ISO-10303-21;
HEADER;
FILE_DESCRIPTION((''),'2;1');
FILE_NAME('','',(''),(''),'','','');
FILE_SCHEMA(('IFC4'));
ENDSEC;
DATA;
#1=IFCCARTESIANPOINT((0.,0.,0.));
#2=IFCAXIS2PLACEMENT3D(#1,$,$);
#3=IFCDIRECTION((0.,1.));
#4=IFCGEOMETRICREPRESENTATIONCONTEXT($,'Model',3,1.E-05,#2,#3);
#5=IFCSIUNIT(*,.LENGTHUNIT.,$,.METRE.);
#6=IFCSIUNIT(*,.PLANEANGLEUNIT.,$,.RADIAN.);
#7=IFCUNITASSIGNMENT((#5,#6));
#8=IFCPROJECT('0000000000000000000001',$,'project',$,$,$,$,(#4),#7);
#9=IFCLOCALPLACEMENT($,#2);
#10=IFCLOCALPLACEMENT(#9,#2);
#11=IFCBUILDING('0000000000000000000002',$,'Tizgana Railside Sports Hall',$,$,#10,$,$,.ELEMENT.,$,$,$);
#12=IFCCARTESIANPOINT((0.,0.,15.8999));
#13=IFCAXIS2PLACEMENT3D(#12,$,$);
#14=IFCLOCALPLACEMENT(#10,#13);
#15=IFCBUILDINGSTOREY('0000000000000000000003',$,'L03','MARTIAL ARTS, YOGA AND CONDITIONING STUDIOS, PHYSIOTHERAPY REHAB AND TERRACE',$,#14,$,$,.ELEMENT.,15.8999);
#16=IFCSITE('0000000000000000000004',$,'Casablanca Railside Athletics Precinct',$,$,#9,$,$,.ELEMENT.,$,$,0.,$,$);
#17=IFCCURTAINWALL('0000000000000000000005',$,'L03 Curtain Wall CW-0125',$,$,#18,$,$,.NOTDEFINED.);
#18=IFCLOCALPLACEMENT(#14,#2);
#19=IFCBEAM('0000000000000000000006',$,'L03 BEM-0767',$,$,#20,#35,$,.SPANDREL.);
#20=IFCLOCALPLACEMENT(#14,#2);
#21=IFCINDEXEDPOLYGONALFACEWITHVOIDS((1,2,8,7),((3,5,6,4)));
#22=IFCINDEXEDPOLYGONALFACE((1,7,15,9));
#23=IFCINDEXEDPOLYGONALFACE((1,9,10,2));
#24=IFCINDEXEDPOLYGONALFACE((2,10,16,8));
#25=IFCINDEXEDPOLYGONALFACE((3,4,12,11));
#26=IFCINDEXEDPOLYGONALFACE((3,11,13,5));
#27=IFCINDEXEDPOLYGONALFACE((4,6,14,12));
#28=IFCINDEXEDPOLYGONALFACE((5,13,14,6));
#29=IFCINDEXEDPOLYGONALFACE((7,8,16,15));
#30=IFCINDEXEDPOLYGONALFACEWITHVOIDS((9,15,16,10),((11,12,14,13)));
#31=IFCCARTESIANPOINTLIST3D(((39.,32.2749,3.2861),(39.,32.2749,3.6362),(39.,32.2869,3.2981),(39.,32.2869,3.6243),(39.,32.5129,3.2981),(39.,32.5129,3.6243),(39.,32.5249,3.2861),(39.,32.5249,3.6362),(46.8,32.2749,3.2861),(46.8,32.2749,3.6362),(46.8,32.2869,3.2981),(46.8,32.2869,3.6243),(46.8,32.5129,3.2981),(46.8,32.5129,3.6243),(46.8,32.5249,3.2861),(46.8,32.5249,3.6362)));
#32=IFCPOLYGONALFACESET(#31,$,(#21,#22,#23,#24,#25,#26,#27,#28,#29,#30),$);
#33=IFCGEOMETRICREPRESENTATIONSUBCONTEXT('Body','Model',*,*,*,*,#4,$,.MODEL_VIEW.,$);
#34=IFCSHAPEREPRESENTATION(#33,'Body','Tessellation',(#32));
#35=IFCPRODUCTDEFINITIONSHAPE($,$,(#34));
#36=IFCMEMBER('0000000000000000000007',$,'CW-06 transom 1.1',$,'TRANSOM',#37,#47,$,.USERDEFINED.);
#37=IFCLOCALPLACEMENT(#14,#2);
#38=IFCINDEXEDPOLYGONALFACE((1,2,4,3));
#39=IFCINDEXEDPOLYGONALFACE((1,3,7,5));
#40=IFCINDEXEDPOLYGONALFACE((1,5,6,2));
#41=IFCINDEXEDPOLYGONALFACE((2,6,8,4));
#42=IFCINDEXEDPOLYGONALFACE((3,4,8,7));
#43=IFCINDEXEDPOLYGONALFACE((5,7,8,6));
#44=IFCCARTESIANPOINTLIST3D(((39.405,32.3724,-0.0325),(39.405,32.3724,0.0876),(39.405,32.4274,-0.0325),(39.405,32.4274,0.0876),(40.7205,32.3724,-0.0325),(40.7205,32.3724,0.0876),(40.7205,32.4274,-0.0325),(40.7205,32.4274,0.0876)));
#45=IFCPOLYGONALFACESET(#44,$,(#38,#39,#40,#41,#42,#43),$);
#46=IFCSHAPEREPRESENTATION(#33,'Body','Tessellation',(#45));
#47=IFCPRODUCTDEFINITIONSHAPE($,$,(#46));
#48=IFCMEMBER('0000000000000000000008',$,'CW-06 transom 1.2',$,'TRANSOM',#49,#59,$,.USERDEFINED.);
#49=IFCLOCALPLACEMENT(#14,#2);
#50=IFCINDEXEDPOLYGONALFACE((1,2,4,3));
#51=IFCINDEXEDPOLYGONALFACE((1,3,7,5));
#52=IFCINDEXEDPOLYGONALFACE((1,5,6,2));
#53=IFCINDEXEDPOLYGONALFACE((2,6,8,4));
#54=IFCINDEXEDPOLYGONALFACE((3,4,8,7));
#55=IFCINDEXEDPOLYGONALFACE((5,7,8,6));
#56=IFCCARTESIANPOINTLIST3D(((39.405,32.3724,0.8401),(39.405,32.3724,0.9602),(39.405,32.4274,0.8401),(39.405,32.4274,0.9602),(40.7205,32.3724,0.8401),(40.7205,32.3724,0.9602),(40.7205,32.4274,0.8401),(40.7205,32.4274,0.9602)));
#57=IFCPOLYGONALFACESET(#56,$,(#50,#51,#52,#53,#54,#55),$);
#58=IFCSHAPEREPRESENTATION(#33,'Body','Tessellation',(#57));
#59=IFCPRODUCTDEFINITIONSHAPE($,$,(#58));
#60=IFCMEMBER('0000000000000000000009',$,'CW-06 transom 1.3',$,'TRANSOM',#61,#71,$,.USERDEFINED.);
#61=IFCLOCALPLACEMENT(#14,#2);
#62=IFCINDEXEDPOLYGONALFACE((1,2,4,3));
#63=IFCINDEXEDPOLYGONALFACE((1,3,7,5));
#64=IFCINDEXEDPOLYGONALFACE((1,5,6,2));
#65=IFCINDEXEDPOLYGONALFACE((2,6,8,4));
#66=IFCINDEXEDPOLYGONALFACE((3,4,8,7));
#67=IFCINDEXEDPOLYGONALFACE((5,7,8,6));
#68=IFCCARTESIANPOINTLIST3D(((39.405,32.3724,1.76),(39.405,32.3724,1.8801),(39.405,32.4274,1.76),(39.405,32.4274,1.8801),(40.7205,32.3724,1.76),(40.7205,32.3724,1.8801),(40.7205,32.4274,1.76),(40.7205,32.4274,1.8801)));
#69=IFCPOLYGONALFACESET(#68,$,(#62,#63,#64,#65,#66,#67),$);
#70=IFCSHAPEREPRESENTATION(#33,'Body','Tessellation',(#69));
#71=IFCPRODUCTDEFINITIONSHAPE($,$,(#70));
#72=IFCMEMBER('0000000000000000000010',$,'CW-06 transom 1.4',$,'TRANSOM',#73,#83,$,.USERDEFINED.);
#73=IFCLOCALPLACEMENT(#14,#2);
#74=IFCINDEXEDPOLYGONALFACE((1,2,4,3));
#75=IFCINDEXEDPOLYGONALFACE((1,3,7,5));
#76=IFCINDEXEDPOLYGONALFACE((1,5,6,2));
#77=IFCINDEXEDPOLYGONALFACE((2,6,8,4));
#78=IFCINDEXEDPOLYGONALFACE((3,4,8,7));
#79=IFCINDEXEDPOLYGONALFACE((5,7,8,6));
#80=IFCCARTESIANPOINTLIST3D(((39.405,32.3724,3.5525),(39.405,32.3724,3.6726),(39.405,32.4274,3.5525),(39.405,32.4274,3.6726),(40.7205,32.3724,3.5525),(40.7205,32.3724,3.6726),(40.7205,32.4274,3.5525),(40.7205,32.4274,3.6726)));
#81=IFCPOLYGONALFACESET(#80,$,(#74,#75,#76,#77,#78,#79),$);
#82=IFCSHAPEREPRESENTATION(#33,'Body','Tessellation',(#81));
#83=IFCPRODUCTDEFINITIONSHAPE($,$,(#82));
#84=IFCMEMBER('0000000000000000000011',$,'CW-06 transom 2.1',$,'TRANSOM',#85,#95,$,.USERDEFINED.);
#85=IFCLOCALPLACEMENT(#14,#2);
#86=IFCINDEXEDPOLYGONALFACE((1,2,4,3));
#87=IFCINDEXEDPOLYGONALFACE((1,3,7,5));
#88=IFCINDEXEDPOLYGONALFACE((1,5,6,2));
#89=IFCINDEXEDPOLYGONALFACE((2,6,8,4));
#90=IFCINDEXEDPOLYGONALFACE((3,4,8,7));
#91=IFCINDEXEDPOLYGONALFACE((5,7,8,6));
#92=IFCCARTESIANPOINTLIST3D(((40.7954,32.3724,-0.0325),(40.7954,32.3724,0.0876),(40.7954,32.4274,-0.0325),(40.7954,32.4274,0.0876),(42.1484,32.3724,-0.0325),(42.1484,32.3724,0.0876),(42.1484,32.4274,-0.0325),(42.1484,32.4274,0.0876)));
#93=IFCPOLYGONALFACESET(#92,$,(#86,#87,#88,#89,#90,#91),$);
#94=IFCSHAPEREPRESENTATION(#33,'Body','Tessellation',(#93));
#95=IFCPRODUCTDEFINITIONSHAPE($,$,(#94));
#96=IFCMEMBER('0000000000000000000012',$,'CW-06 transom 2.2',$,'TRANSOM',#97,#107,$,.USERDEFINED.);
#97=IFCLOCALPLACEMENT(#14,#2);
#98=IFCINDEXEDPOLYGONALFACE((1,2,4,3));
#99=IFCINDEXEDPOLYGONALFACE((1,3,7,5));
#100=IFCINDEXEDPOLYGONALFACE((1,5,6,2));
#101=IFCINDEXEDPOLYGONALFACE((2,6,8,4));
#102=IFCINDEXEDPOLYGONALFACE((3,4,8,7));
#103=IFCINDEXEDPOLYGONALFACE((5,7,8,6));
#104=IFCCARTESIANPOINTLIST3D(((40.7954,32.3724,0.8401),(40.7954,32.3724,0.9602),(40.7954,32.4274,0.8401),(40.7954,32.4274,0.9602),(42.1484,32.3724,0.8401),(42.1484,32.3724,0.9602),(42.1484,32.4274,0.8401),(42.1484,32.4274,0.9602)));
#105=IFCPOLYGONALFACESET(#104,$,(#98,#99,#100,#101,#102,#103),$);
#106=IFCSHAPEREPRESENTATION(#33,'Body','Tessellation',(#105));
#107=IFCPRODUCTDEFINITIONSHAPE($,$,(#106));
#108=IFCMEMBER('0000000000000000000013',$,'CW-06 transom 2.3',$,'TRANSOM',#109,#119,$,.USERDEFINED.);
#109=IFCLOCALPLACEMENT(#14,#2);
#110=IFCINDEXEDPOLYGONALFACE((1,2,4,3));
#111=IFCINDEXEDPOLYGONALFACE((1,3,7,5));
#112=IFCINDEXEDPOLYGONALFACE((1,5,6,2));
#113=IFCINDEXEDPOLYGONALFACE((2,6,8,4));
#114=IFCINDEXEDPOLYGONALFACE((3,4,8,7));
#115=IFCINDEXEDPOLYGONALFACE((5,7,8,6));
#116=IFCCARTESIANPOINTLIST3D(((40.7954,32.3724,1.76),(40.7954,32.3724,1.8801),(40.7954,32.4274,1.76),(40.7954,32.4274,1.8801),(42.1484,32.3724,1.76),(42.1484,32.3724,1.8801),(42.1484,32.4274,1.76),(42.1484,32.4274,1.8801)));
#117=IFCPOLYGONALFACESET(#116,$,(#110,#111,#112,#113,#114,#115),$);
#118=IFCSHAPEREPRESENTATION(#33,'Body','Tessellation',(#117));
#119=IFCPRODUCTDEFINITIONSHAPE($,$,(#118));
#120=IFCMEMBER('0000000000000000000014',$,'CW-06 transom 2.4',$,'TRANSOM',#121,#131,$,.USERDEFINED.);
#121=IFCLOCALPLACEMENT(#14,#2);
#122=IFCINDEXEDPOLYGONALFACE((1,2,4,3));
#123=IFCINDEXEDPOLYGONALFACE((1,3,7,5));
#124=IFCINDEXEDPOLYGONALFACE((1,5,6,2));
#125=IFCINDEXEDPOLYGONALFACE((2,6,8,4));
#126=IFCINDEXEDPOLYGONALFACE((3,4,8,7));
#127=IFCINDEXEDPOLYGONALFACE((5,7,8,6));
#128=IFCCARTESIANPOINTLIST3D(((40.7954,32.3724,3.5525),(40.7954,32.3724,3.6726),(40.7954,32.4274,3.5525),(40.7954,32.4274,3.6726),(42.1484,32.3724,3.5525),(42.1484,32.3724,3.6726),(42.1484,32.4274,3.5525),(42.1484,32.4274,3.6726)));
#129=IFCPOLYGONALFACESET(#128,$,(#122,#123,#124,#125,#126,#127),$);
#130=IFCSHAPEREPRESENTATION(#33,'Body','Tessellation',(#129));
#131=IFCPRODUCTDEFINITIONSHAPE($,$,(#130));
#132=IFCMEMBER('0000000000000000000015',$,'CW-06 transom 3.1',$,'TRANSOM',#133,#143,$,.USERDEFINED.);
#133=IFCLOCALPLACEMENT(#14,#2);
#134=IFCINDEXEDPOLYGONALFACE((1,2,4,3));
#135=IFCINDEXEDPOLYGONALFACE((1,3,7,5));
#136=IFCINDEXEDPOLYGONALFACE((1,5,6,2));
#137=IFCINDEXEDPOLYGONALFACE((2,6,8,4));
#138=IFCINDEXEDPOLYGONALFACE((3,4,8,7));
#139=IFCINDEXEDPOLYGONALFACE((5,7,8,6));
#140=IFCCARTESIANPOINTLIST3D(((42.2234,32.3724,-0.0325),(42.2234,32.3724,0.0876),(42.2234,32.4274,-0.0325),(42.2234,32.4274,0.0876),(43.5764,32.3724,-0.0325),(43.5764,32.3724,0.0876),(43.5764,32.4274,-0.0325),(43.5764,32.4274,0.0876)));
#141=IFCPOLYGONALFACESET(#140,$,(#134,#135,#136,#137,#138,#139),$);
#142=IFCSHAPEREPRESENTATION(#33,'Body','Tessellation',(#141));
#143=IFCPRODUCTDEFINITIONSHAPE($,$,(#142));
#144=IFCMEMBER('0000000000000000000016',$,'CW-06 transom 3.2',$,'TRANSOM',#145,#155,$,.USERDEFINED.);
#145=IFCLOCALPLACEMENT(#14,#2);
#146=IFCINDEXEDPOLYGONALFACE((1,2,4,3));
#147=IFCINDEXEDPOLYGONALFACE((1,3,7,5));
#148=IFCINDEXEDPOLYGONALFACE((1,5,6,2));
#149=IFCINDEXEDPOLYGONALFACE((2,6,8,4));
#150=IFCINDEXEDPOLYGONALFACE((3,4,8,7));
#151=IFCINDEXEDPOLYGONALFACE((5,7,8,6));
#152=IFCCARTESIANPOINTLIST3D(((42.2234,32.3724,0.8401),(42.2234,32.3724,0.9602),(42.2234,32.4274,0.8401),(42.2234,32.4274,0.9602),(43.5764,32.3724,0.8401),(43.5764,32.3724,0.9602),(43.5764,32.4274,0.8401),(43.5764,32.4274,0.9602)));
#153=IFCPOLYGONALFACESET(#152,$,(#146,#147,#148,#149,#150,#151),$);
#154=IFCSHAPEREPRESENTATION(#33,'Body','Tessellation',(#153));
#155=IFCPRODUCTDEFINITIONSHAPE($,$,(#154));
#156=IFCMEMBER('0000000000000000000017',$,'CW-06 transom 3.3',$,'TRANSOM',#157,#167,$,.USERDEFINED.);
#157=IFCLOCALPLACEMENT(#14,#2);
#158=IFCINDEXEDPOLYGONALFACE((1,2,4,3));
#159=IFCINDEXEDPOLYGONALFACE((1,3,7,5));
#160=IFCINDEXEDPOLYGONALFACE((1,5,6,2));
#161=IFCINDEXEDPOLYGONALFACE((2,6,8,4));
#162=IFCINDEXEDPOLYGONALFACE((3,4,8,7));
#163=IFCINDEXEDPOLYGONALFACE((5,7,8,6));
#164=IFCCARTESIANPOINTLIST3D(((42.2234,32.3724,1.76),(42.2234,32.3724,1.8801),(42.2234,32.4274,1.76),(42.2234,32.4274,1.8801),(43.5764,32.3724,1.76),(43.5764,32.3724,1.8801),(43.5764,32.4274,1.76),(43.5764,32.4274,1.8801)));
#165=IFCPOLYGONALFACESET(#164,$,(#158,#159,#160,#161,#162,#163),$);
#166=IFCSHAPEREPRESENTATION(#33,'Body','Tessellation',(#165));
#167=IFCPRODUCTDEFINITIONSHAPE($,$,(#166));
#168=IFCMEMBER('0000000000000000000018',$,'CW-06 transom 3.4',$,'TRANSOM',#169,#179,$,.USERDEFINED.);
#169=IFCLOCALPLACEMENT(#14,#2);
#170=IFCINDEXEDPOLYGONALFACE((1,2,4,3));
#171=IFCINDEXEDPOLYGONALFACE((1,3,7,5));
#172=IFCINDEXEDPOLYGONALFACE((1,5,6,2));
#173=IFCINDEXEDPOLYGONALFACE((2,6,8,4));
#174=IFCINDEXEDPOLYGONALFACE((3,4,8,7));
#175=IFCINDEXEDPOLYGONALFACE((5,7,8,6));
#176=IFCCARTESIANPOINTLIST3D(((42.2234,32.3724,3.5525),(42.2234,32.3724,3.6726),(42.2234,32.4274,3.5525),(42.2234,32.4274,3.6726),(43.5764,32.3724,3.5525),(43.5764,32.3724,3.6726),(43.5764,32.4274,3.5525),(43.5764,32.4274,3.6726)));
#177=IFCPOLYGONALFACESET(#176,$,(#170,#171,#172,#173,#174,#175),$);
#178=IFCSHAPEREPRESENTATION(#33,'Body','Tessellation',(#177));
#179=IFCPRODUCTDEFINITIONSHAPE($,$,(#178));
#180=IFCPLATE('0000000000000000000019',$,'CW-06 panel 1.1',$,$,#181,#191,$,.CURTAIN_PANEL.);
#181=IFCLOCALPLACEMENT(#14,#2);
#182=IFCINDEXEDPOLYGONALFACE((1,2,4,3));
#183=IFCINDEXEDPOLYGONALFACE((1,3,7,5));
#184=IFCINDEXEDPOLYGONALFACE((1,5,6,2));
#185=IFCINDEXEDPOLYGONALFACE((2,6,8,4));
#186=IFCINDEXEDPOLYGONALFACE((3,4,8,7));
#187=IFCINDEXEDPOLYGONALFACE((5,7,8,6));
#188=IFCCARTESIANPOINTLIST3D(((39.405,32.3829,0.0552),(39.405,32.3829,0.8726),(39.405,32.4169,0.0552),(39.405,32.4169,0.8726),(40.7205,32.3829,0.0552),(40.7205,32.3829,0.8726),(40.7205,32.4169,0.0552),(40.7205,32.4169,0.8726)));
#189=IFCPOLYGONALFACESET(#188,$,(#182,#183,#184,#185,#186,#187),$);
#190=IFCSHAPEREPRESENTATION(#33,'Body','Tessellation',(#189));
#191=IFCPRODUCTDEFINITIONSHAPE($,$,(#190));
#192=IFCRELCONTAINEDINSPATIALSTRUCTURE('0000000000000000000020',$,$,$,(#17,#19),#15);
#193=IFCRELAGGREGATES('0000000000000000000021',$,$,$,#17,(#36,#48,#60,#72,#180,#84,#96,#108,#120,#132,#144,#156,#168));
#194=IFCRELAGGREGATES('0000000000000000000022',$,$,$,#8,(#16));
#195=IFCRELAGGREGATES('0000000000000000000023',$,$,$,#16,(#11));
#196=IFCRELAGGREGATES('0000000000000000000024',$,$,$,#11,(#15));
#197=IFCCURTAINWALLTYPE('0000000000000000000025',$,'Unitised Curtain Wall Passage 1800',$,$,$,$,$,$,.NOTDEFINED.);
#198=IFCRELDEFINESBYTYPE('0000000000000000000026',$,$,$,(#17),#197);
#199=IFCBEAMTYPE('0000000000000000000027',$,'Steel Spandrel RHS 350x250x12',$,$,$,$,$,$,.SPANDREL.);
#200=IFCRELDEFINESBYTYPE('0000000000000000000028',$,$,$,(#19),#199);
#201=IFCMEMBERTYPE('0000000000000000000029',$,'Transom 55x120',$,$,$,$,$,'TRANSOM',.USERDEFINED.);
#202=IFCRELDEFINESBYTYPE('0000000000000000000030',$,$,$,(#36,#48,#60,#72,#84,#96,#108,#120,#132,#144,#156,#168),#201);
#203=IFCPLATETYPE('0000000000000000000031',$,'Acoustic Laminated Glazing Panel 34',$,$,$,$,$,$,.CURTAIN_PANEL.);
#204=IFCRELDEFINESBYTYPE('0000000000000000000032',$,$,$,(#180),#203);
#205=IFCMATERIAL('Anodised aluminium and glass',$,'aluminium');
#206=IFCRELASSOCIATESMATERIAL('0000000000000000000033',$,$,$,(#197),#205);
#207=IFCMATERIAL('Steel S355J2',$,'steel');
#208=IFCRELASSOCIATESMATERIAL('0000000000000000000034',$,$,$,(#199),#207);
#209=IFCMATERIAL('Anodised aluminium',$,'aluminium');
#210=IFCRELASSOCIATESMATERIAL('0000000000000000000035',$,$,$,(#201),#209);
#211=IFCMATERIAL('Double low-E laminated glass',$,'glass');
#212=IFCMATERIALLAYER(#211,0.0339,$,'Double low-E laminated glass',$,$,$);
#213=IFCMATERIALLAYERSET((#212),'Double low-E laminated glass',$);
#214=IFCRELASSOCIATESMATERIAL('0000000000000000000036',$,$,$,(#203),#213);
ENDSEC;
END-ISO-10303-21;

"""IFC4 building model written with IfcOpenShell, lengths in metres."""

from ifc_helpers import new_model, si_unit, direction, frame, origin, origin_2d, place, context, subcontext, project, spatial, rectangle, hollow_rectangle, extrude, material, layer, layer_set, material_profile, profile_set, type_object, element, aggregate, save


model = new_model("IFC4")

# Units and contexts
model_context = context("Model", 3, precision=1e-05, world=origin(), true_north=direction((0.0, 1.0)))
body_context = subcontext(model_context, "Body", "Model", "MODEL_VIEW")
ifc_project = project(units=[si_unit("LENGTHUNIT", "METRE"), si_unit("PLANEANGLEUNIT", "RADIAN")], contexts=[model_context])

# Site, building, storey
site_placement = place(None, origin())
site = spatial("IfcSite", under=ifc_project, at=site_placement, Name="Casablanca Railside Athletics Precinct", CompositionType="ELEMENT", RefElevation=0.0)
building_placement = place(site_placement, origin())
building = spatial("IfcBuilding", under=site, at=building_placement, Name="Tizgana Railside Sports Hall", CompositionType="ELEMENT")
storey_placement = place(building_placement, frame((0.0, 0.0, 15.8999)))
storey = spatial("IfcBuildingStorey", under=building, at=storey_placement, Name="L03", Description="MARTIAL ARTS, YOGA AND CONDITIONING STUDIOS, PHYSIOTHERAPY REHAB AND TERRACE", CompositionType="ELEMENT", Elevation=15.8999)

# Curtain wall
ifc_material_1 = material(Name="Anodised aluminium and glass", Category="aluminium")
curtain_wall_type = type_object("IfcCurtainWallType", Name="Unitised Curtain Wall Passage 1800", PredefinedType="NOTDEFINED", material=ifc_material_1)
curtain_wall_placement = place(storey_placement, origin())
curtain_wall = element("IfcCurtainWall", 1, at=curtain_wall_placement, inside=storey, type_object=curtain_wall_type, Name="L03 Curtain Wall CW-0125", PredefinedType="NOTDEFINED")
ifc_material_2 = material(Name="Anodised aluminium", Category="aluminium")

# Beam
ifc_material_3 = material(Name="Steel S355J2", Category="steel")
ifc_material_profile_1 = material_profile(ifc_material_3, hollow_rectangle(XDim=0.25, YDim=0.3501, WallThickness=0.012, at=origin_2d()), Name="RHS 350x250x12")
ifc_profile_set_1 = profile_set([ifc_material_profile_1], Name="Steel S355J2")
beam_type_1 = type_object("IfcBeamType", Name="Steel Spandrel RHS 350x250x12", PredefinedType="SPANDREL", material=ifc_profile_set_1)
beam_1_placement = place(storey_placement, frame((39.0, 32.3999, 3.4612), z_axis=(1.0, 0.0, 0.0), x_axis=(0.0, 1.0, 0.0)))
element("IfcBeam", 2, at=beam_1_placement, inside=storey, type_object=beam_type_1, Name="L03 BEM-0767", PredefinedType="SPANDREL", context=body_context, shape_type="SweptSolid", body=[
    extrude(hollow_rectangle(XDim=0.25, YDim=0.3501, WallThickness=0.012, at=origin_2d()), origin(), (0.0, 0.0, 1.0), 7.8),
])

# Members
ifc_material_profile_2 = material_profile(ifc_material_2, rectangle(XDim=0.0549, YDim=0.1201, at=origin_2d()), Name="Transom 55x120")
ifc_profile_set_2 = profile_set([ifc_material_profile_2], Name="Anodised aluminium")
member_type_1 = type_object("IfcMemberType", Name="Transom 55x120", ElementType="TRANSOM", PredefinedType="USERDEFINED", material=ifc_profile_set_2)
member_1_placement = place(storey_placement, frame((39.405, 32.3999, 0.0276), z_axis=(1.0, 0.0, 0.0), x_axis=(0.0, 1.0, 0.0)))
member_1 = element("IfcMember", 3, at=member_1_placement, type_object=member_type_1, Name="CW-06 transom 1.1", ObjectType="TRANSOM", PredefinedType="USERDEFINED", context=body_context, shape_type="SweptSolid", body=[
    extrude(rectangle(XDim=0.0549, YDim=0.1201, at=origin_2d()), origin(), (0.0, 0.0, 1.0), 1.3154),
])
member_2_placement = place(storey_placement, frame((39.405, 32.3999, 0.9001), z_axis=(1.0, 0.0, 0.0), x_axis=(0.0, 1.0, 0.0)))
member_2 = element("IfcMember", 4, at=member_2_placement, type_object=member_type_1, Name="CW-06 transom 1.2", ObjectType="TRANSOM", PredefinedType="USERDEFINED", context=body_context, shape_type="SweptSolid", body=[
    extrude(rectangle(XDim=0.0549, YDim=0.1201, at=origin_2d()), origin(), (0.0, 0.0, 1.0), 1.3154),
])
member_3_placement = place(storey_placement, frame((39.405, 32.3999, 1.8201), z_axis=(1.0, 0.0, 0.0), x_axis=(0.0, 1.0, 0.0)))
member_3 = element("IfcMember", 5, at=member_3_placement, type_object=member_type_1, Name="CW-06 transom 1.3", ObjectType="TRANSOM", PredefinedType="USERDEFINED", context=body_context, shape_type="SweptSolid", body=[
    extrude(rectangle(XDim=0.0549, YDim=0.1201, at=origin_2d()), origin(), (0.0, 0.0, 1.0), 1.3154),
])
member_4_placement = place(storey_placement, frame((39.405, 32.3999, 3.6125), z_axis=(1.0, 0.0, 0.0), x_axis=(0.0, 1.0, 0.0)))
member_4 = element("IfcMember", 6, at=member_4_placement, type_object=member_type_1, Name="CW-06 transom 1.4", ObjectType="TRANSOM", PredefinedType="USERDEFINED", context=body_context, shape_type="SweptSolid", body=[
    extrude(rectangle(XDim=0.0549, YDim=0.1201, at=origin_2d()), origin(), (0.0, 0.0, 1.0), 1.3154),
])
member_5_placement = place(storey_placement, frame((40.7954, 32.3999, 0.0276), z_axis=(1.0, 0.0, 0.0), x_axis=(0.0, 1.0, 0.0)))
member_5 = element("IfcMember", 7, at=member_5_placement, type_object=member_type_1, Name="CW-06 transom 2.1", ObjectType="TRANSOM", PredefinedType="USERDEFINED", context=body_context, shape_type="SweptSolid", body=[
    extrude(rectangle(XDim=0.0549, YDim=0.1201, at=origin_2d()), origin(), (0.0, 0.0, 1.0), 1.353),
])
member_6_placement = place(storey_placement, frame((40.7954, 32.3999, 0.9001), z_axis=(1.0, 0.0, 0.0), x_axis=(0.0, 1.0, 0.0)))
member_6 = element("IfcMember", 8, at=member_6_placement, type_object=member_type_1, Name="CW-06 transom 2.2", ObjectType="TRANSOM", PredefinedType="USERDEFINED", context=body_context, shape_type="SweptSolid", body=[
    extrude(rectangle(XDim=0.0549, YDim=0.1201, at=origin_2d()), origin(), (0.0, 0.0, 1.0), 1.353),
])
member_7_placement = place(storey_placement, frame((40.7954, 32.3999, 1.8201), z_axis=(1.0, 0.0, 0.0), x_axis=(0.0, 1.0, 0.0)))
member_7 = element("IfcMember", 9, at=member_7_placement, type_object=member_type_1, Name="CW-06 transom 2.3", ObjectType="TRANSOM", PredefinedType="USERDEFINED", context=body_context, shape_type="SweptSolid", body=[
    extrude(rectangle(XDim=0.0549, YDim=0.1201, at=origin_2d()), origin(), (0.0, 0.0, 1.0), 1.353),
])
member_8_placement = place(storey_placement, frame((40.7954, 32.3999, 3.6125), z_axis=(1.0, 0.0, 0.0), x_axis=(0.0, 1.0, 0.0)))
member_8 = element("IfcMember", 10, at=member_8_placement, type_object=member_type_1, Name="CW-06 transom 2.4", ObjectType="TRANSOM", PredefinedType="USERDEFINED", context=body_context, shape_type="SweptSolid", body=[
    extrude(rectangle(XDim=0.0549, YDim=0.1201, at=origin_2d()), origin(), (0.0, 0.0, 1.0), 1.353),
])
member_9_placement = place(storey_placement, frame((42.2234, 32.3999, 0.0276), z_axis=(1.0, 0.0, 0.0), x_axis=(0.0, 1.0, 0.0)))
member_9 = element("IfcMember", 11, at=member_9_placement, type_object=member_type_1, Name="CW-06 transom 3.1", ObjectType="TRANSOM", PredefinedType="USERDEFINED", context=body_context, shape_type="SweptSolid", body=[
    extrude(rectangle(XDim=0.0549, YDim=0.1201, at=origin_2d()), origin(), (0.0, 0.0, 1.0), 1.353),
])
member_10_placement = place(storey_placement, frame((42.2234, 32.3999, 0.9001), z_axis=(1.0, 0.0, 0.0), x_axis=(0.0, 1.0, 0.0)))
member_10 = element("IfcMember", 12, at=member_10_placement, type_object=member_type_1, Name="CW-06 transom 3.2", ObjectType="TRANSOM", PredefinedType="USERDEFINED", context=body_context, shape_type="SweptSolid", body=[
    extrude(rectangle(XDim=0.0549, YDim=0.1201, at=origin_2d()), origin(), (0.0, 0.0, 1.0), 1.353),
])
member_11_placement = place(storey_placement, frame((42.2234, 32.3999, 1.8201), z_axis=(1.0, 0.0, 0.0), x_axis=(0.0, 1.0, 0.0)))
member_11 = element("IfcMember", 13, at=member_11_placement, type_object=member_type_1, Name="CW-06 transom 3.3", ObjectType="TRANSOM", PredefinedType="USERDEFINED", context=body_context, shape_type="SweptSolid", body=[
    extrude(rectangle(XDim=0.0549, YDim=0.1201, at=origin_2d()), origin(), (0.0, 0.0, 1.0), 1.353),
])
member_12_placement = place(storey_placement, frame((42.2234, 32.3999, 3.6125), z_axis=(1.0, 0.0, 0.0), x_axis=(0.0, 1.0, 0.0)))
member_12 = element("IfcMember", 14, at=member_12_placement, type_object=member_type_1, Name="CW-06 transom 3.4", ObjectType="TRANSOM", PredefinedType="USERDEFINED", context=body_context, shape_type="SweptSolid", body=[
    extrude(rectangle(XDim=0.0549, YDim=0.1201, at=origin_2d()), origin(), (0.0, 0.0, 1.0), 1.353),
])

# Plate
ifc_material_4 = material(Name="Double low-E laminated glass", Category="glass")
ifc_layer_1 = layer(ifc_material_4, 0.0339, Name="Double low-E laminated glass")
ifc_layer_set_1 = layer_set([ifc_layer_1], Name="Double low-E laminated glass")
plate_type = type_object("IfcPlateType", Name="Acoustic Laminated Glazing Panel 34", PredefinedType="CURTAIN_PANEL", material=ifc_layer_set_1)
plate_1_placement = place(storey_placement, frame((40.0627, 32.3999, 0.0552), z_axis=(0.0, 0.0, 1.0), x_axis=(1.0, 0.0, 0.0)))
plate_1 = element("IfcPlate", 15, at=plate_1_placement, type_object=plate_type, Name="CW-06 panel 1.1", PredefinedType="CURTAIN_PANEL", context=body_context, shape_type="SweptSolid", body=[
    extrude(rectangle(XDim=1.3154, YDim=0.0339, at=origin_2d()), origin(), (0.0, 0.0, 1.0), 0.8174),
])
aggregate(curtain_wall, [member_1, member_2, member_3, member_4, plate_1, member_5, member_6, member_7, member_8, member_9, member_10, member_11, member_12])

save(model, "model.ifc")
